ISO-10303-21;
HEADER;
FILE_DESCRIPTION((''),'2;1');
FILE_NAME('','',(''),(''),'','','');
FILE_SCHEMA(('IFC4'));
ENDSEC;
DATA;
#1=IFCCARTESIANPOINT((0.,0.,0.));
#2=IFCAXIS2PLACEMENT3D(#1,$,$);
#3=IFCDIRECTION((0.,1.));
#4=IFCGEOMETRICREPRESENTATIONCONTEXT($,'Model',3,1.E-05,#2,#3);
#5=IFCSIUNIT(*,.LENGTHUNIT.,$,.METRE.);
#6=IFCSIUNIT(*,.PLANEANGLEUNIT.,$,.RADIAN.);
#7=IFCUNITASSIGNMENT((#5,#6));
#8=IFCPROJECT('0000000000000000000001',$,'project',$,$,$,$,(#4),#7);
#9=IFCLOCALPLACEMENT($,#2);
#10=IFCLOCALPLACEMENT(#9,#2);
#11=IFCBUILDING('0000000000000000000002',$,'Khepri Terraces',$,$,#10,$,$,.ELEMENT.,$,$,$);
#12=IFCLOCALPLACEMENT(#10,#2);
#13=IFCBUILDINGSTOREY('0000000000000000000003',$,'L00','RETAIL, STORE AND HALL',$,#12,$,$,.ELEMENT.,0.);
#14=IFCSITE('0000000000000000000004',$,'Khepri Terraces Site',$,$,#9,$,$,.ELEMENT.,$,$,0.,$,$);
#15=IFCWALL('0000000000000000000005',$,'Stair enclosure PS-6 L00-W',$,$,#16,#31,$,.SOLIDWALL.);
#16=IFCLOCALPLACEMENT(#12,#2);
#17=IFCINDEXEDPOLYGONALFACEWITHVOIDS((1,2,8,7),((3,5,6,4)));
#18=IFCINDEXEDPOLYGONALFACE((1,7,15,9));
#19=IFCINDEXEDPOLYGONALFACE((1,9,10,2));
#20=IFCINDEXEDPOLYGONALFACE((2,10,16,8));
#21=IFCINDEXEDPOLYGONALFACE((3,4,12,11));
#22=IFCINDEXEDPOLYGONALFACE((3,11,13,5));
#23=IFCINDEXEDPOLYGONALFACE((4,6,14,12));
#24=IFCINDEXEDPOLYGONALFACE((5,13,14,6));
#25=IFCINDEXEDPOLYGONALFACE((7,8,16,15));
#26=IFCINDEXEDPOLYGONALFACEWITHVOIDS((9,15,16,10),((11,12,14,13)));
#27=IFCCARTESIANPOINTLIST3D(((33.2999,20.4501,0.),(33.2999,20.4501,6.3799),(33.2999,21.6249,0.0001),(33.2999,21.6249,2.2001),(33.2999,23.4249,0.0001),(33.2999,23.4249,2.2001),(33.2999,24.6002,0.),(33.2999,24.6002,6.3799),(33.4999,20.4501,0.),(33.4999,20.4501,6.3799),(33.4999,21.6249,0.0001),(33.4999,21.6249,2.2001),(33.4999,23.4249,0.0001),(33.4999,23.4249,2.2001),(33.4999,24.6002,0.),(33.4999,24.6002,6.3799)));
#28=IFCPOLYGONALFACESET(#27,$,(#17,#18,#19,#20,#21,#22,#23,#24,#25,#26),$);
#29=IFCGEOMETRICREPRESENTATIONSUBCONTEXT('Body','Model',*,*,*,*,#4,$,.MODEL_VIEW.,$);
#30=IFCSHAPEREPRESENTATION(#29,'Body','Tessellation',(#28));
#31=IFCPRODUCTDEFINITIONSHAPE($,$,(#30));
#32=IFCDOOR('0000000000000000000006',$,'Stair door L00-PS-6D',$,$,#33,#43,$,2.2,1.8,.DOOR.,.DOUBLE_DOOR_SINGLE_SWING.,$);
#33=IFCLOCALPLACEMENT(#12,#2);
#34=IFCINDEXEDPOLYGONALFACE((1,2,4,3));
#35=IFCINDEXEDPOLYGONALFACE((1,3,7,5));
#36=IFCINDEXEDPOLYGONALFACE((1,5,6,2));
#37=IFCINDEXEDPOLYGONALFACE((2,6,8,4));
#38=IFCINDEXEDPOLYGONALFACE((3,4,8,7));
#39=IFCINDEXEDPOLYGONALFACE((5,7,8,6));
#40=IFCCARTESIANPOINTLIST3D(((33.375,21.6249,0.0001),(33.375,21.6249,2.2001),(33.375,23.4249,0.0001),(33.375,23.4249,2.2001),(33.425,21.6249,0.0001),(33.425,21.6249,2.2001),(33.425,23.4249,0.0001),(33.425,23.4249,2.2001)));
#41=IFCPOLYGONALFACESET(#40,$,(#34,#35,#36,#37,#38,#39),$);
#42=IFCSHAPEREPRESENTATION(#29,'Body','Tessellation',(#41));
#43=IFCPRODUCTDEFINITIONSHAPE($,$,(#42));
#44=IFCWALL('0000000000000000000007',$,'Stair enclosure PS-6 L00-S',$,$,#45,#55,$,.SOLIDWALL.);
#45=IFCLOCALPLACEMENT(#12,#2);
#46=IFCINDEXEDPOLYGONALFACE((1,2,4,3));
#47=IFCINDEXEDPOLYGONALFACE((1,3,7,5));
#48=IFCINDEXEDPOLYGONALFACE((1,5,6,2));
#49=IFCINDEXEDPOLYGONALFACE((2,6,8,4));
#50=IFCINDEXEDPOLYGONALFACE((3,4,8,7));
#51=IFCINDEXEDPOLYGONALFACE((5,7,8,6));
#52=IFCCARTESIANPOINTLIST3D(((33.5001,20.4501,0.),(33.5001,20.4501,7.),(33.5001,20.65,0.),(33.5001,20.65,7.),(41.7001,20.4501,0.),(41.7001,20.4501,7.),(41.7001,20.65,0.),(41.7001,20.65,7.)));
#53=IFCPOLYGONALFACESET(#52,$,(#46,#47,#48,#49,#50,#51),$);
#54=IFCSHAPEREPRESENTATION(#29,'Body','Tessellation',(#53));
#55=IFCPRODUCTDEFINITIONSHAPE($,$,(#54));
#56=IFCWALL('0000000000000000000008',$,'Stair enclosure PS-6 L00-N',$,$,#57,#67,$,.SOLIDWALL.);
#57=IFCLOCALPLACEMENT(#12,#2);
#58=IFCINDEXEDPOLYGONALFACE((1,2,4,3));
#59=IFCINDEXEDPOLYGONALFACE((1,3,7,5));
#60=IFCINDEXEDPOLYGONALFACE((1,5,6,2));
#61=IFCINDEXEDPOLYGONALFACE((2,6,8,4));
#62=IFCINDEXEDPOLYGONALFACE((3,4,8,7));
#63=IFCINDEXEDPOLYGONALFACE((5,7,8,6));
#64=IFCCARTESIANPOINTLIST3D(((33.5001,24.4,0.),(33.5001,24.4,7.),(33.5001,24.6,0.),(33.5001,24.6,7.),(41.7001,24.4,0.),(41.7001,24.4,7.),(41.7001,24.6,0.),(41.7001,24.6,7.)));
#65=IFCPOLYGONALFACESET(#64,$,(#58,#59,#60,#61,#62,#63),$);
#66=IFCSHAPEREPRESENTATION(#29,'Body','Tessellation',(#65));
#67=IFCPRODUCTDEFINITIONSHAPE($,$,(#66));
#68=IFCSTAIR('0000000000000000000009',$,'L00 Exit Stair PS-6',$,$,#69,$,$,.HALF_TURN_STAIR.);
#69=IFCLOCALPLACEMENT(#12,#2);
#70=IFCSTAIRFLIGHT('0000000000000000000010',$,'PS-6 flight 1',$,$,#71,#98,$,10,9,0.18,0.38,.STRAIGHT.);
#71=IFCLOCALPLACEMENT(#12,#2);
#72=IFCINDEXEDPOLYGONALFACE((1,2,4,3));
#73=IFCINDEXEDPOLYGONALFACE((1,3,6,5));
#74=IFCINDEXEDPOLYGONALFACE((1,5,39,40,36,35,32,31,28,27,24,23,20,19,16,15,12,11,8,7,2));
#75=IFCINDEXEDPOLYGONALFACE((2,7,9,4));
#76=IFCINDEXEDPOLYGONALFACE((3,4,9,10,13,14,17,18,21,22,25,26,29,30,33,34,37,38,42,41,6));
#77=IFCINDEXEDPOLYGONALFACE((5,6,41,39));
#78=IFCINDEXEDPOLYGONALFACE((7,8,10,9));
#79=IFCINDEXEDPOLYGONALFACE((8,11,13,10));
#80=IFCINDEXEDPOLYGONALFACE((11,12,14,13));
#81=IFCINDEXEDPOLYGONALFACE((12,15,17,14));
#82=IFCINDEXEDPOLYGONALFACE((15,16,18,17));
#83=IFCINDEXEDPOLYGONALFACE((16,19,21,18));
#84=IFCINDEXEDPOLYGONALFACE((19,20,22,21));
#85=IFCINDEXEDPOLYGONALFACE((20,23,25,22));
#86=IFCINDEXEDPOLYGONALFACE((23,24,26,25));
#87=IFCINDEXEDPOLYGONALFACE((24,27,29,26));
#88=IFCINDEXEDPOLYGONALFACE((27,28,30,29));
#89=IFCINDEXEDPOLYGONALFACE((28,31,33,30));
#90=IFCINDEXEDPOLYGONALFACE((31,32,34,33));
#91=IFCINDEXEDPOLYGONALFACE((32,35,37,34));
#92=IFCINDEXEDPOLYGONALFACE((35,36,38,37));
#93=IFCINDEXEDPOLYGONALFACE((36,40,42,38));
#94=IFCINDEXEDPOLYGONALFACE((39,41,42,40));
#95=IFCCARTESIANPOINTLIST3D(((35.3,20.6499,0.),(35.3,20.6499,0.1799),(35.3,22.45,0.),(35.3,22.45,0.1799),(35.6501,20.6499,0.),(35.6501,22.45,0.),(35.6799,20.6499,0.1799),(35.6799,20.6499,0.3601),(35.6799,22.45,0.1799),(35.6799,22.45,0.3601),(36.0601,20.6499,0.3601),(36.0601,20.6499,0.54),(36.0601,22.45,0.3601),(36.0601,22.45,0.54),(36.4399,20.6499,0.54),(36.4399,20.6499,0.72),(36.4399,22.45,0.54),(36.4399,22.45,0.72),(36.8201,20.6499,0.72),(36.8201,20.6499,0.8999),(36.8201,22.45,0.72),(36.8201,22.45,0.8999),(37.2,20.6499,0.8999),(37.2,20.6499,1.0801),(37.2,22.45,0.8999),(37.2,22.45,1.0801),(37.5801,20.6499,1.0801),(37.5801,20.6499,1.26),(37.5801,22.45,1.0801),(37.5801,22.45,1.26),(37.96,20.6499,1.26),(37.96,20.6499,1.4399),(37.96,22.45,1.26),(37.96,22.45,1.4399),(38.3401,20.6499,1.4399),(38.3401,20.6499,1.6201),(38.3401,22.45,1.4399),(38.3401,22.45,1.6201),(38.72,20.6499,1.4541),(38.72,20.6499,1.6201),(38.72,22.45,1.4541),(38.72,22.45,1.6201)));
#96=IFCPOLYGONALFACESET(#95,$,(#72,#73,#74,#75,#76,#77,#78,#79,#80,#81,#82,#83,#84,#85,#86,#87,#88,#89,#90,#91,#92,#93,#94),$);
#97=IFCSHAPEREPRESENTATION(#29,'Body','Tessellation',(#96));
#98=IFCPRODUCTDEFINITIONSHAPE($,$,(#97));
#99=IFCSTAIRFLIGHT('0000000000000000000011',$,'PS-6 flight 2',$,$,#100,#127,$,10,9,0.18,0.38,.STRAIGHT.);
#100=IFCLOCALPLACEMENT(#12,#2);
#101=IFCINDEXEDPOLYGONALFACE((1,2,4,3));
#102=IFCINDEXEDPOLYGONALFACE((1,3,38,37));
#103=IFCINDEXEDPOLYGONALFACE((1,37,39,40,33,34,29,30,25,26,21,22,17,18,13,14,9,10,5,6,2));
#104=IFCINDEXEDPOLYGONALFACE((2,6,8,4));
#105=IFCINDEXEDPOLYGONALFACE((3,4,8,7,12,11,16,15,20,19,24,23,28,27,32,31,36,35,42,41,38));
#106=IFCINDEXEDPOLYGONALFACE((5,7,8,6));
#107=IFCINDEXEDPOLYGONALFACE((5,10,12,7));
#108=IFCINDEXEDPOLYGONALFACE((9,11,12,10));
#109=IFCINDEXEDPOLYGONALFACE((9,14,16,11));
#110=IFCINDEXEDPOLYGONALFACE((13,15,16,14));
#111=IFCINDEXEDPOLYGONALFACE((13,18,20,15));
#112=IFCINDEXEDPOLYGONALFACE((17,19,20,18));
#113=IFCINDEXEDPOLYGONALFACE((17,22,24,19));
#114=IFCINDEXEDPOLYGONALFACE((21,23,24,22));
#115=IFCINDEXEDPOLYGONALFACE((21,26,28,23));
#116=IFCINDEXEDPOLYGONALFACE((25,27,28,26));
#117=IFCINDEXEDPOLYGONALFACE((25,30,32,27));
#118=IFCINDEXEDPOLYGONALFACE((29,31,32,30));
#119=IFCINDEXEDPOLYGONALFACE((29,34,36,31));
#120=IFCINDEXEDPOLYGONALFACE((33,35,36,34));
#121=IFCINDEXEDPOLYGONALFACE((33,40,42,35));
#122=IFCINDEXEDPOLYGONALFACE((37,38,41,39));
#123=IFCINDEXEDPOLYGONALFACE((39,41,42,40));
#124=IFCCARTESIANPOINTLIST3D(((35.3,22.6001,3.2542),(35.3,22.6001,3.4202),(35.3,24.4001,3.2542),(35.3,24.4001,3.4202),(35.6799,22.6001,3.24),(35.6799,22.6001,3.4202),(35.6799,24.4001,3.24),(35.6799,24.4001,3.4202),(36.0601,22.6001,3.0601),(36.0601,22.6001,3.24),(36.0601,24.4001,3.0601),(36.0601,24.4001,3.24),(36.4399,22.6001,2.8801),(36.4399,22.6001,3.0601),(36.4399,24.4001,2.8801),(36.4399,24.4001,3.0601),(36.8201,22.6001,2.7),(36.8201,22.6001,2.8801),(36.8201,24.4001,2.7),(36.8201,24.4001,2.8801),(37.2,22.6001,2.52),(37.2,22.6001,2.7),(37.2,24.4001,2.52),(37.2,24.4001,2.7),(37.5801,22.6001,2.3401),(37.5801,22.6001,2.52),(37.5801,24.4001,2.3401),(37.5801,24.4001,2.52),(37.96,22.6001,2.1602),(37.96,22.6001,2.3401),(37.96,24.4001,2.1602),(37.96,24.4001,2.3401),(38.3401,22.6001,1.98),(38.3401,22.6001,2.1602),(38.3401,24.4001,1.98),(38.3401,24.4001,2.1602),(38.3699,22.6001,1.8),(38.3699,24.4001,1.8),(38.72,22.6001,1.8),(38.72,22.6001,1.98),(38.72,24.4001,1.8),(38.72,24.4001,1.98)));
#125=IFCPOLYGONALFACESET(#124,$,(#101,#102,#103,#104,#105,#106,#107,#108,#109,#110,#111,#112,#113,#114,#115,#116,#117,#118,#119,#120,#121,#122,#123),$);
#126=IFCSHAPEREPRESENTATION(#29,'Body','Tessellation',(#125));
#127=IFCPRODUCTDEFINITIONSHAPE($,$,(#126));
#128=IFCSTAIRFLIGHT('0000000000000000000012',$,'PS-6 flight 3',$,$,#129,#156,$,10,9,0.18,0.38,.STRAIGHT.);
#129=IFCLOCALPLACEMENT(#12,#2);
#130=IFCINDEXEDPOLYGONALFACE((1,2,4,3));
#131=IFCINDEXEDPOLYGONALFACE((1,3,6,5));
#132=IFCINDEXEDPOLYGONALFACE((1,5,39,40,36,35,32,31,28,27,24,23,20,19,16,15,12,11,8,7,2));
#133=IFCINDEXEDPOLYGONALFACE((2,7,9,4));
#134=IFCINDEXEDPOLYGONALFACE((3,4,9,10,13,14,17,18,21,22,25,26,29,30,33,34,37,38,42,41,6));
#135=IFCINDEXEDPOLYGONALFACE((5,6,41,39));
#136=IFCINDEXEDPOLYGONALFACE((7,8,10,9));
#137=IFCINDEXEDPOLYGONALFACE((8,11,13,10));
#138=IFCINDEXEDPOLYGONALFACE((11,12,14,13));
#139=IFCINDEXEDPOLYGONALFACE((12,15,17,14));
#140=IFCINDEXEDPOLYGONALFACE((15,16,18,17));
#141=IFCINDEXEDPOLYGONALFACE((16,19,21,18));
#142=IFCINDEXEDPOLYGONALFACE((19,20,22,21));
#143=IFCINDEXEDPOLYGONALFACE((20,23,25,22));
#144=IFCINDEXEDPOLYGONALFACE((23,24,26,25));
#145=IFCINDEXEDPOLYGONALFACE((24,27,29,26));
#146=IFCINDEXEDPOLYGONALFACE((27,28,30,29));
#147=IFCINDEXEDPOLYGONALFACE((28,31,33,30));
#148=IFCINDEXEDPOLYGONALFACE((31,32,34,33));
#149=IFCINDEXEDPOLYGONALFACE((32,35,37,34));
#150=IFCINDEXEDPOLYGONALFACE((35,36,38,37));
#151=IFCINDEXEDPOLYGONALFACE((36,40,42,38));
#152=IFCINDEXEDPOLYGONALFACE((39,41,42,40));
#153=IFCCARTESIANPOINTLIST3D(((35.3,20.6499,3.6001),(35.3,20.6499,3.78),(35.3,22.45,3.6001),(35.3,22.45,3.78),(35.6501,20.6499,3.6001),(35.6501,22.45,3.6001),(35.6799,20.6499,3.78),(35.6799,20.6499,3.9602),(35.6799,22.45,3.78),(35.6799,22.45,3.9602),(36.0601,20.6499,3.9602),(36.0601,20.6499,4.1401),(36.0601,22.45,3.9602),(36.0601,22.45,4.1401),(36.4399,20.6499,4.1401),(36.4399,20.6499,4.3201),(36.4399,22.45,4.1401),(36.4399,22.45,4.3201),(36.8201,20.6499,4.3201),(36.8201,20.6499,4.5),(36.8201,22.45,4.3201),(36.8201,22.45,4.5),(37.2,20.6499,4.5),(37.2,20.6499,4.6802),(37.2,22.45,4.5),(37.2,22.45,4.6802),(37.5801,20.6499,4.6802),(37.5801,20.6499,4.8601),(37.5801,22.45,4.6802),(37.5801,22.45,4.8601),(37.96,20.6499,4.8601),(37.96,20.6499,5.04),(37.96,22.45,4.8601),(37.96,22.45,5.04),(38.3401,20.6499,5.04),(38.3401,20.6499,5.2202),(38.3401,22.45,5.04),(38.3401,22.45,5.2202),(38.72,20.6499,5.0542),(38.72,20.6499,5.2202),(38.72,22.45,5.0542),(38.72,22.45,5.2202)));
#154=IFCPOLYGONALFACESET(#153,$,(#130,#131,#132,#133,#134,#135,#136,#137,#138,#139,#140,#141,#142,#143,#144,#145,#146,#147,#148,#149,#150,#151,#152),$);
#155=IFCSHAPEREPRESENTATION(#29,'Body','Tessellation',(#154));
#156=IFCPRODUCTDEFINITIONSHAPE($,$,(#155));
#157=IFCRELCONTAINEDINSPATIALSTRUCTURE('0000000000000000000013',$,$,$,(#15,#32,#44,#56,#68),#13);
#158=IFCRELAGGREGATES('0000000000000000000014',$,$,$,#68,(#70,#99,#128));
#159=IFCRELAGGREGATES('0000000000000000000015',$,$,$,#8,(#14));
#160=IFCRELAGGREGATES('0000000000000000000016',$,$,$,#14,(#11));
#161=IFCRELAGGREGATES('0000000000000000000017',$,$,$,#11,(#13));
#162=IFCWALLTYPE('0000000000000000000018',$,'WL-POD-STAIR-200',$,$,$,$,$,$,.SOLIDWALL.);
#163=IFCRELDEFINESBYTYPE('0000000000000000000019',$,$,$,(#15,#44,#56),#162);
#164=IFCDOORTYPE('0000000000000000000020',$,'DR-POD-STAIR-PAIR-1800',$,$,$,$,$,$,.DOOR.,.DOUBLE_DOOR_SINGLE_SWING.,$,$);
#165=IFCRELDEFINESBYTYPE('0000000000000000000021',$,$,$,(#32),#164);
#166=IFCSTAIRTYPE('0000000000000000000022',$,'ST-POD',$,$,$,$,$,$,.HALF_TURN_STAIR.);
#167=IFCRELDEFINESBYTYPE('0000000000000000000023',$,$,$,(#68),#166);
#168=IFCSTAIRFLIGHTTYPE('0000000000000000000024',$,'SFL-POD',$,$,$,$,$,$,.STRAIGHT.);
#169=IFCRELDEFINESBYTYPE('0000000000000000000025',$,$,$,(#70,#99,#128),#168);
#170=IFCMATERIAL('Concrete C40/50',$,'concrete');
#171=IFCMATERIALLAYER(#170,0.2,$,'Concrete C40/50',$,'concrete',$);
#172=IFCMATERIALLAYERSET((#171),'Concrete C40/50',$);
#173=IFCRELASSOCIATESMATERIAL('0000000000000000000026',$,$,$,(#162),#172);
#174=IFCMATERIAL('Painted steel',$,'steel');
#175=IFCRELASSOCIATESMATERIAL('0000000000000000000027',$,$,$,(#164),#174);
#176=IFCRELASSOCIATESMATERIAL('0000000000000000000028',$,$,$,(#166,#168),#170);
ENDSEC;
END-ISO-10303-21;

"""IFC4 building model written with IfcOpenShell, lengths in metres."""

from ifc_helpers import new_model, si_unit, direction, frame, frame_2d, origin, place, context, subcontext, project, spatial, polyline, rectangle, outline, extrude, material, layer, layer_set, type_object, element, fill, aggregate, save


model = new_model("IFC4")

# Units and contexts
model_context = context("Model", 3, precision=1e-05, world=origin(), true_north=direction((0.0, 1.0)))
body_context = subcontext(model_context, "Body", "Model", "MODEL_VIEW")
ifc_project = project(units=[si_unit("LENGTHUNIT", "METRE"), si_unit("PLANEANGLEUNIT", "RADIAN")], contexts=[model_context])

# Site, building, storey
site_placement = place(None, origin())
site = spatial("IfcSite", under=ifc_project, at=site_placement, Name="Khepri Terraces Site", CompositionType="ELEMENT", RefElevation=0.0)
building_placement = place(site_placement, origin())
building = spatial("IfcBuilding", under=site, at=building_placement, Name="Khepri Terraces", CompositionType="ELEMENT")
storey_placement = place(building_placement, origin())
storey = spatial("IfcBuildingStorey", under=building, at=storey_placement, Name="L00", Description="RETAIL, STORE AND HALL", CompositionType="ELEMENT", Elevation=0.0)

# Wall, opening, door
ifc_material_1 = material(Name="Concrete C40/50", Category="concrete")
ifc_layer_1 = layer(ifc_material_1, 0.2, Name="Concrete C40/50", Category="concrete")
ifc_layer_set_1 = layer_set([ifc_layer_1], Name="Concrete C40/50")
wall_type_1 = type_object("IfcWallType", Name="WL-POD-STAIR-200", PredefinedType="SOLIDWALL", material=ifc_layer_set_1)
wall_1_placement = place(storey_placement, frame((33.3999, 20.45, 0.0), z_axis=(0.0, 0.0, 1.0), x_axis=(0.0, 1.0, 0.0)))
wall_1 = element("IfcWall", 1, at=wall_1_placement, inside=storey, type_object=wall_type_1, Name="Stair enclosure PS-6 L00-W", PredefinedType="SOLIDWALL", context=body_context, shape_type="SweptSolid", body=[
    extrude(rectangle(XDim=4.1501, YDim=0.2, at=frame_2d((2.0752, 0.0))), origin(), (0.0, 0.0, 1.0), 6.3799),
])
opening_placement = place(wall_1_placement, frame((1.175, 0.0, 0.0)))
opening = element("IfcOpeningElement", 2, at=opening_placement, cuts=wall_1, PredefinedType="OPENING", context=body_context, shape_type="SweptSolid", body=[
    extrude(rectangle(XDim=1.8, YDim=2.2, at=frame_2d((0.8999, 1.1001))), frame((0.0, 0.1099, 0.0), z_axis=(0.0, -1.0, 0.0), x_axis=(1.0, 0.0, 0.0)), (0.0, 0.0, 1.0), 0.22),
])
ifc_material_2 = material(Name="Painted steel", Category="steel")
door_type = type_object("IfcDoorType", Name="DR-POD-STAIR-PAIR-1800", OperationType="DOUBLE_DOOR_SINGLE_SWING", PredefinedType="DOOR", material=ifc_material_2)
door_placement = place(opening_placement, origin())
door = element("IfcDoor", 3, at=door_placement, inside=storey, type_object=door_type, Name="Stair door L00-PS-6D", OperationType="DOUBLE_DOOR_SINGLE_SWING", OverallHeight=2.2, OverallWidth=1.8, PredefinedType="DOOR", context=body_context, shape_type="SweptSolid", body=[
    extrude(rectangle(XDim=1.8, YDim=2.2, at=frame_2d((0.8999, 1.1001))), frame((0.0, 0.0249, 0.0), z_axis=(0.0, -1.0, 0.0), x_axis=(1.0, 0.0, 0.0)), (0.0, 0.0, 1.0), 0.05),
])
fill(opening, door)

# Walls
for number, where, z_axis, x_axis, name in (
    (4, (33.5, 20.55, 0.0), (0.0, 0.0, 1.0), (1.0, 0.0, 0.0), "Stair enclosure PS-6 L00-S"),
    (5, (33.5, 24.5, 0.0), (0.0, 0.0, 1.0), (1.0, 0.0, 0.0), "Stair enclosure PS-6 L00-N"),
):
    element("IfcWall", number, at=place(storey_placement, frame(where, z_axis=z_axis, x_axis=x_axis)), inside=storey, type_object=wall_type_1, Name=name, PredefinedType="SOLIDWALL", context=body_context, shape_type="SweptSolid", body=[
        extrude(rectangle(XDim=8.2, YDim=0.2, at=frame_2d((4.1001, 0.0))), origin(), (0.0, 0.0, 1.0), 7.0),
    ])

# Stair, stair flights
stair_type = type_object("IfcStairType", Name="ST-POD", PredefinedType="HALF_TURN_STAIR", material=ifc_material_1)
stair_placement = place(storey_placement, origin())
stair = element("IfcStair", 6, at=stair_placement, inside=storey, type_object=stair_type, Name="L00 Exit Stair PS-6", PredefinedType="HALF_TURN_STAIR")
stair_flight_type = type_object("IfcStairFlightType", Name="SFL-POD", PredefinedType="STRAIGHT", material=ifc_material_1)
stair_flight_1_placement = place(storey_placement, frame((35.3, 21.55, 0.0), z_axis=(0.0, 0.0, 1.0), x_axis=(1.0, 0.0, 0.0)))
stair_flight_1 = element("IfcStairFlight", 7, at=stair_flight_1_placement, type_object=stair_flight_type, Name="PS-6 flight 1", NumberOfRisers=10, NumberOfTreads=9, PredefinedType="STRAIGHT", RiserHeight=0.18, TreadLength=0.38, context=body_context, shape_type="SweptSolid", body=[
    extrude(outline(polyline([(0.0, 0.0), (0.0, 0.1799), (0.3799, 0.1799), (0.3799, 0.3601), (0.76, 0.3601), (0.76, 0.54), (1.1399, 0.54), (1.1399, 0.72), (1.52, 0.72), (1.52, 0.8999), (1.8999, 0.8999), (1.8999, 1.0801), (2.28, 1.0801), (2.28, 1.26), (2.6599, 1.26), (2.6599, 1.4399), (3.04, 1.4399), (3.04, 1.6201), (3.4199, 1.6201), (3.4199, 1.8), (3.4199, 1.4541), (0.3501, 0.0), (0.0, 0.0)])), frame((0.0, 0.8999, 0.0), z_axis=(0.0, -1.0, 0.0), x_axis=(1.0, 0.0, 0.0)), (0.0, 0.0, 1.0), 1.8),
])
stair_flight_2_placement = place(storey_placement, frame((38.72, 23.5, 1.8), z_axis=(0.0, 0.0, 1.0), x_axis=(-1.0, 0.0, 0.0)))
stair_flight_2 = element("IfcStairFlight", 8, at=stair_flight_2_placement, type_object=stair_flight_type, Name="PS-6 flight 2", NumberOfRisers=10, NumberOfTreads=9, PredefinedType="STRAIGHT", RiserHeight=0.18, TreadLength=0.38, context=body_context, shape_type="SweptSolid", body=[
    extrude(outline(polyline([(0.0, 0.0), (0.0, 0.1799), (0.3799, 0.1799), (0.3799, 0.3601), (0.76, 0.3601), (0.76, 0.54), (1.1399, 0.54), (1.1399, 0.72), (1.52, 0.72), (1.52, 0.8999), (1.8999, 0.8999), (1.8999, 1.0801), (2.28, 1.0801), (2.28, 1.26), (2.6599, 1.26), (2.6599, 1.4399), (3.04, 1.4399), (3.04, 1.6201), (3.4199, 1.6201), (3.4199, 1.8), (3.4199, 1.4541), (0.3501, 0.0), (0.0, 0.0)])), frame((0.0, 0.8999, 0.0), z_axis=(0.0, -1.0, 0.0), x_axis=(1.0, 0.0, 0.0)), (0.0, 0.0, 1.0), 1.8),
])
stair_flight_3_placement = place(storey_placement, frame((35.3, 21.55, 3.6001), z_axis=(0.0, 0.0, 1.0), x_axis=(1.0, 0.0, 0.0)))
stair_flight_3 = element("IfcStairFlight", 9, at=stair_flight_3_placement, type_object=stair_flight_type, Name="PS-6 flight 3", NumberOfRisers=10, NumberOfTreads=9, PredefinedType="STRAIGHT", RiserHeight=0.18, TreadLength=0.38, context=body_context, shape_type="SweptSolid", body=[
    extrude(outline(polyline([(0.0, 0.0), (0.0, 0.1799), (0.3799, 0.1799), (0.3799, 0.3601), (0.76, 0.3601), (0.76, 0.54), (1.1399, 0.54), (1.1399, 0.72), (1.52, 0.72), (1.52, 0.8999), (1.8999, 0.8999), (1.8999, 1.0801), (2.28, 1.0801), (2.28, 1.26), (2.6599, 1.26), (2.6599, 1.4399), (3.04, 1.4399), (3.04, 1.6201), (3.4199, 1.6201), (3.4199, 1.8), (3.4199, 1.4541), (0.3501, 0.0), (0.0, 0.0)])), frame((0.0, 0.8999, 0.0), z_axis=(0.0, -1.0, 0.0), x_axis=(1.0, 0.0, 0.0)), (0.0, 0.0, 1.0), 1.8),
])
aggregate(stair, [stair_flight_1, stair_flight_2, stair_flight_3])

save(model, "model.ifc")
